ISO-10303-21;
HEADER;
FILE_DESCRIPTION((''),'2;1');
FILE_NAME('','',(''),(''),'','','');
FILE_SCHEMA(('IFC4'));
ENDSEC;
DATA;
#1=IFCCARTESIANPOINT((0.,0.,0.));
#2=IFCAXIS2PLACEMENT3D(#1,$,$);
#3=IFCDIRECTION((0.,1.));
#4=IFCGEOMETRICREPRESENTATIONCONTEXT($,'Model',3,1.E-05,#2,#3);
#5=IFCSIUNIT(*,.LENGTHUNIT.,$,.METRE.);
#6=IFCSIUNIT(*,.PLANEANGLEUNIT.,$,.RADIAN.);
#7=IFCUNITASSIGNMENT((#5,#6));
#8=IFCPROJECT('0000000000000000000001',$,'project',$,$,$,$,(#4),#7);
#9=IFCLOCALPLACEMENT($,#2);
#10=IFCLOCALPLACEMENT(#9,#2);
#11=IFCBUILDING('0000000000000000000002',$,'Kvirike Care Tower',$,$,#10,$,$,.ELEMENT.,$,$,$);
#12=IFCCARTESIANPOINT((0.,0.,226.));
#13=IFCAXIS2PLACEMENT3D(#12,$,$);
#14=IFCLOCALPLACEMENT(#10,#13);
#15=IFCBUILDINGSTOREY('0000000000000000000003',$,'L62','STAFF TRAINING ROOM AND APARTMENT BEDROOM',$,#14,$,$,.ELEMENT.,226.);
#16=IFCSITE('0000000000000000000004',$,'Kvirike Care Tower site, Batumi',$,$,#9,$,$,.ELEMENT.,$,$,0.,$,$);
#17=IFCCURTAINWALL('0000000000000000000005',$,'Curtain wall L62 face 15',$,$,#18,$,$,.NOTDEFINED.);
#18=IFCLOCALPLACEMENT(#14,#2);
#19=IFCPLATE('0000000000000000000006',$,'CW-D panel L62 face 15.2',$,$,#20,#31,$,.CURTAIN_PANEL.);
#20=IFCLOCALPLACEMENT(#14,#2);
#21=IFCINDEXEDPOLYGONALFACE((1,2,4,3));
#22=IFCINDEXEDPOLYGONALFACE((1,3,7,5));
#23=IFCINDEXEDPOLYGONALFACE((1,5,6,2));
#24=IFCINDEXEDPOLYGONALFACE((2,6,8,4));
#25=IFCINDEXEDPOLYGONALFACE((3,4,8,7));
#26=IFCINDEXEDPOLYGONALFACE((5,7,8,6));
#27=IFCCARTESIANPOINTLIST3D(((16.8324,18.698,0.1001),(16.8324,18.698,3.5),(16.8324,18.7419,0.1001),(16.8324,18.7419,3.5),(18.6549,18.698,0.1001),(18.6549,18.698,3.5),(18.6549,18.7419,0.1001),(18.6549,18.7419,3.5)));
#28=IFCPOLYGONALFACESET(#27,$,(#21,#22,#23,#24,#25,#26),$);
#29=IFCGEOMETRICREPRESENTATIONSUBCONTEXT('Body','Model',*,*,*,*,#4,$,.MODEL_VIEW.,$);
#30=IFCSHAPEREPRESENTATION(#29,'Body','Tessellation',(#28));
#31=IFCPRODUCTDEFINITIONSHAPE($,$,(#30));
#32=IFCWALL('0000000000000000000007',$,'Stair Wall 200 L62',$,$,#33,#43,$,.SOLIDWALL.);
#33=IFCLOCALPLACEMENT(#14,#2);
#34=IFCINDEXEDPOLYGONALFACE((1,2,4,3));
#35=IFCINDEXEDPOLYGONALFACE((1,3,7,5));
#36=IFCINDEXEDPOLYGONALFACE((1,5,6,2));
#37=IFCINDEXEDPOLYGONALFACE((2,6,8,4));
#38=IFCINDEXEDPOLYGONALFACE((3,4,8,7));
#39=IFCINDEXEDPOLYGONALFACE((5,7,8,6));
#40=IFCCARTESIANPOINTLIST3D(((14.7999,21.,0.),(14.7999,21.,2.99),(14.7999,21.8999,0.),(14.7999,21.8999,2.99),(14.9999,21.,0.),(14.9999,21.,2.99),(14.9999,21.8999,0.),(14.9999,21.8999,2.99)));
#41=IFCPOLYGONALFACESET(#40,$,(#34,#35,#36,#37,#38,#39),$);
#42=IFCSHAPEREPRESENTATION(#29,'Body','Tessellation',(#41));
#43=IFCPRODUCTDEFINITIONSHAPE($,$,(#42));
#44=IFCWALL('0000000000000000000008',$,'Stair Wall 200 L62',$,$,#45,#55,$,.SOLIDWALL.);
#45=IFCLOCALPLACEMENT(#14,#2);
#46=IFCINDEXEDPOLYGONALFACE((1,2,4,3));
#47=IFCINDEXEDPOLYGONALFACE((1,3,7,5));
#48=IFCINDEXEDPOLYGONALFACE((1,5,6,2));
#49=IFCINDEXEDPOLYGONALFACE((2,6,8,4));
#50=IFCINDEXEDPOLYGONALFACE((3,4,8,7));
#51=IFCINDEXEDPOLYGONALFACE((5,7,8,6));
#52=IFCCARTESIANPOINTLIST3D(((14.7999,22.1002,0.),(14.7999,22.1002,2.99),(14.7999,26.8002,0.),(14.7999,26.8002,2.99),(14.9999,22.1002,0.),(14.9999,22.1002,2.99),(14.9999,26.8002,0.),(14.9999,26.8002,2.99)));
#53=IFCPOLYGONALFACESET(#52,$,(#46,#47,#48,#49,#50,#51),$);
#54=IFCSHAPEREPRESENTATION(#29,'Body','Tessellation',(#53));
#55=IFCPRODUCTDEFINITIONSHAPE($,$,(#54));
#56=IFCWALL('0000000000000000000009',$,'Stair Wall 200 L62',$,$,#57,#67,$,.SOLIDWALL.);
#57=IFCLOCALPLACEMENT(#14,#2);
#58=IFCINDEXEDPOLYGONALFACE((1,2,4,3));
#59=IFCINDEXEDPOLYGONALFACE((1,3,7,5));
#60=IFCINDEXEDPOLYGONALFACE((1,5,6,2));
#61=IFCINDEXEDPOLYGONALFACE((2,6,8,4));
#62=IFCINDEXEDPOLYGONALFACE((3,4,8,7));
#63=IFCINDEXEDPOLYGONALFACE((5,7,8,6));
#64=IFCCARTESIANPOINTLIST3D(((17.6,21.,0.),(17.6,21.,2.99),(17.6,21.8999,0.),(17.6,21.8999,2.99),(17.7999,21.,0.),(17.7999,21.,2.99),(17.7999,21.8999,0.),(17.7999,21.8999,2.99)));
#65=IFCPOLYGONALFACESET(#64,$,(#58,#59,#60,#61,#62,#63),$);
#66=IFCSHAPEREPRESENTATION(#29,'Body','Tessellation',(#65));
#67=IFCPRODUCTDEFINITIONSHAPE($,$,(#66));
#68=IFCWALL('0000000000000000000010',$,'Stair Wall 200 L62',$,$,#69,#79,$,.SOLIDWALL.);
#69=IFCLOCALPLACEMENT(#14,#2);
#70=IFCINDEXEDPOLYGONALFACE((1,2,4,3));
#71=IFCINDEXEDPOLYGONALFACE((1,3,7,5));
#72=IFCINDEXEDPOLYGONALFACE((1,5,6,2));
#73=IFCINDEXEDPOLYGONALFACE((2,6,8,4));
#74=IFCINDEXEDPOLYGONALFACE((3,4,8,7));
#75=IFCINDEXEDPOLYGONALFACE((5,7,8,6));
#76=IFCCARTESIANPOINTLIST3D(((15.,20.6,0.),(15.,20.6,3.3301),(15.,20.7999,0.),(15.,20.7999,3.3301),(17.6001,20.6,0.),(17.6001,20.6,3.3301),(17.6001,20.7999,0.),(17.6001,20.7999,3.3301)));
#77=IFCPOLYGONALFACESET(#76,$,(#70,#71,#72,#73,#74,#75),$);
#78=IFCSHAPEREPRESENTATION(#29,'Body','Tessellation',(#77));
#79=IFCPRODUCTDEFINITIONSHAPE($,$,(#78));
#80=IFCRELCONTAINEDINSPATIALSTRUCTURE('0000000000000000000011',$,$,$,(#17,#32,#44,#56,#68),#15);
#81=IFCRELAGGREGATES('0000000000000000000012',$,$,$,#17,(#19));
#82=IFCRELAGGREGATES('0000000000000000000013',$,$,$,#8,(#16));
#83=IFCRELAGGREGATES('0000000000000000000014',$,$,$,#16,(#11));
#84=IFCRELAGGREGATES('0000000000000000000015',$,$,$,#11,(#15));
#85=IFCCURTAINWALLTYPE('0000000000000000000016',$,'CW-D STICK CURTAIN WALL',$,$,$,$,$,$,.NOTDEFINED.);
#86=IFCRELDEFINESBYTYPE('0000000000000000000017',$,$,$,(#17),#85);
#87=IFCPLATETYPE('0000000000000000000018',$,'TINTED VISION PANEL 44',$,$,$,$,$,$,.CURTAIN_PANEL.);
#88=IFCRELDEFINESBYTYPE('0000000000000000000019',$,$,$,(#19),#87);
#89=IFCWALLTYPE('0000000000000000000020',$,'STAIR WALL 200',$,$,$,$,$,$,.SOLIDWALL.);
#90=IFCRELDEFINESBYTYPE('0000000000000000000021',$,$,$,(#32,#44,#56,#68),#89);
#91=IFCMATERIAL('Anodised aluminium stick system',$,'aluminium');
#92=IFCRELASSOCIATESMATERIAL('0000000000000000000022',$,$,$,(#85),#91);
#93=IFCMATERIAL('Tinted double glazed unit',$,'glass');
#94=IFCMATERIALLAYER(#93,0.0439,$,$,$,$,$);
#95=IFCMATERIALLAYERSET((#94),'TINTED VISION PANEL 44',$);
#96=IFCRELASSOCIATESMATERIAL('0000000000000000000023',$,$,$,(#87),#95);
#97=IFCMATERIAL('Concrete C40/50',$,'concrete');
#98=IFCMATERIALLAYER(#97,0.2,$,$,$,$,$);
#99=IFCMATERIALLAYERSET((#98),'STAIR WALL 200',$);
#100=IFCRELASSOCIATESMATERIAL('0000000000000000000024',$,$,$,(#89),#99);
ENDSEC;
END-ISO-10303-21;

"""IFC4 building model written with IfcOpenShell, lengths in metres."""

from ifc_helpers import new_model, si_unit, direction, frame, frame_2d, origin, origin_2d, place, context, subcontext, project, spatial, rectangle, extrude, material, layer, layer_set, type_object, element, aggregate, save


model = new_model("IFC4")

# Units and contexts
model_context = context("Model", 3, precision=1e-05, world=origin(), true_north=direction((0.0, 1.0)))
body_context = subcontext(model_context, "Body", "Model", "MODEL_VIEW")
ifc_project = project(units=[si_unit("LENGTHUNIT", "METRE"), si_unit("PLANEANGLEUNIT", "RADIAN")], contexts=[model_context])

# Site, building, storey
site_placement = place(None, origin())
site = spatial("IfcSite", under=ifc_project, at=site_placement, Name="Kvirike Care Tower site, Batumi", CompositionType="ELEMENT", RefElevation=0.0)
building_placement = place(site_placement, origin())
building = spatial("IfcBuilding", under=site, at=building_placement, Name="Kvirike Care Tower", CompositionType="ELEMENT")
storey_placement = place(building_placement, frame((0.0, 0.0, 226.0)))
storey = spatial("IfcBuildingStorey", under=building, at=storey_placement, Name="L62", Description="STAFF TRAINING ROOM AND APARTMENT BEDROOM", CompositionType="ELEMENT", Elevation=226.0)

# Curtain wall
ifc_material_1 = material(Name="Anodised aluminium stick system", Category="aluminium")
curtain_wall_type = type_object("IfcCurtainWallType", Name="CW-D STICK CURTAIN WALL", PredefinedType="NOTDEFINED", material=ifc_material_1)
curtain_wall_1_placement = place(storey_placement, origin())
curtain_wall_1 = element("IfcCurtainWall", 1, at=curtain_wall_1_placement, inside=storey, type_object=curtain_wall_type, Name="Curtain wall L62 face 15", PredefinedType="NOTDEFINED")

# Plate
ifc_material_2 = material(Name="Tinted double glazed unit", Category="glass")
ifc_layer_1 = layer(ifc_material_2, 0.0439)
ifc_layer_set_1 = layer_set([ifc_layer_1], Name="TINTED VISION PANEL 44")
plate_type = type_object("IfcPlateType", Name="TINTED VISION PANEL 44", PredefinedType="CURTAIN_PANEL", material=ifc_layer_set_1)
plate_1_placement = place(storey_placement, frame((17.7437, 18.72, 0.1001), z_axis=(0.0, 0.0, 1.0), x_axis=(1.0, 0.0, 0.0)))
plate_1 = element("IfcPlate", 2, at=plate_1_placement, type_object=plate_type, Name="CW-D panel L62 face 15.2", PredefinedType="CURTAIN_PANEL", context=body_context, shape_type="SweptSolid", body=[
    extrude(rectangle(XDim=1.8225, YDim=0.0439, at=origin_2d()), origin(), (0.0, 0.0, 1.0), 3.3999),
])
aggregate(curtain_wall_1, [plate_1])

# Walls
ifc_material_3 = material(Name="Concrete C40/50", Category="concrete")
ifc_layer_2 = layer(ifc_material_3, 0.2)
ifc_layer_set_2 = layer_set([ifc_layer_2], Name="STAIR WALL 200")
wall_type = type_object("IfcWallType", Name="STAIR WALL 200", PredefinedType="SOLIDWALL", material=ifc_layer_set_2)
wall_1_placement = place(storey_placement, frame((14.8999, 21.0, 0.0), z_axis=(0.0, 0.0, 1.0), x_axis=(0.0, 1.0, 0.0)))
element("IfcWall", 3, at=wall_1_placement, inside=storey, type_object=wall_type, Name="Stair Wall 200 L62", PredefinedType="SOLIDWALL", context=body_context, shape_type="SweptSolid", body=[
    extrude(rectangle(XDim=0.8999, YDim=0.2, at=frame_2d((0.45, 0.0))), origin(), (0.0, 0.0, 1.0), 2.99),
])
wall_2_placement = place(storey_placement, frame((14.8999, 22.1001, 0.0), z_axis=(0.0, 0.0, 1.0), x_axis=(0.0, 1.0, 0.0)))
element("IfcWall", 4, at=wall_2_placement, inside=storey, type_object=wall_type, Name="Stair Wall 200 L62", PredefinedType="SOLIDWALL", context=body_context, shape_type="SweptSolid", body=[
    extrude(rectangle(XDim=4.7, YDim=0.2, at=frame_2d((2.3501, 0.0))), origin(), (0.0, 0.0, 1.0), 2.99),
])
wall_3_placement = place(storey_placement, frame((17.7, 21.0, 0.0), z_axis=(0.0, 0.0, 1.0), x_axis=(0.0, 1.0, 0.0)))
element("IfcWall", 5, at=wall_3_placement, inside=storey, type_object=wall_type, Name="Stair Wall 200 L62", PredefinedType="SOLIDWALL", context=body_context, shape_type="SweptSolid", body=[
    extrude(rectangle(XDim=0.8999, YDim=0.2, at=frame_2d((0.45, 0.0))), origin(), (0.0, 0.0, 1.0), 2.99),
])
wall_4_placement = place(storey_placement, frame((15.0, 20.7, 0.0), z_axis=(0.0, 0.0, 1.0), x_axis=(1.0, 0.0, 0.0)))
element("IfcWall", 6, at=wall_4_placement, inside=storey, type_object=wall_type, Name="Stair Wall 200 L62", PredefinedType="SOLIDWALL", context=body_context, shape_type="SweptSolid", body=[
    extrude(rectangle(XDim=2.6001, YDim=0.2, at=frame_2d((1.3, 0.0))), origin(), (0.0, 0.0, 1.0), 3.3301),
])

save(model, "model.ifc")
